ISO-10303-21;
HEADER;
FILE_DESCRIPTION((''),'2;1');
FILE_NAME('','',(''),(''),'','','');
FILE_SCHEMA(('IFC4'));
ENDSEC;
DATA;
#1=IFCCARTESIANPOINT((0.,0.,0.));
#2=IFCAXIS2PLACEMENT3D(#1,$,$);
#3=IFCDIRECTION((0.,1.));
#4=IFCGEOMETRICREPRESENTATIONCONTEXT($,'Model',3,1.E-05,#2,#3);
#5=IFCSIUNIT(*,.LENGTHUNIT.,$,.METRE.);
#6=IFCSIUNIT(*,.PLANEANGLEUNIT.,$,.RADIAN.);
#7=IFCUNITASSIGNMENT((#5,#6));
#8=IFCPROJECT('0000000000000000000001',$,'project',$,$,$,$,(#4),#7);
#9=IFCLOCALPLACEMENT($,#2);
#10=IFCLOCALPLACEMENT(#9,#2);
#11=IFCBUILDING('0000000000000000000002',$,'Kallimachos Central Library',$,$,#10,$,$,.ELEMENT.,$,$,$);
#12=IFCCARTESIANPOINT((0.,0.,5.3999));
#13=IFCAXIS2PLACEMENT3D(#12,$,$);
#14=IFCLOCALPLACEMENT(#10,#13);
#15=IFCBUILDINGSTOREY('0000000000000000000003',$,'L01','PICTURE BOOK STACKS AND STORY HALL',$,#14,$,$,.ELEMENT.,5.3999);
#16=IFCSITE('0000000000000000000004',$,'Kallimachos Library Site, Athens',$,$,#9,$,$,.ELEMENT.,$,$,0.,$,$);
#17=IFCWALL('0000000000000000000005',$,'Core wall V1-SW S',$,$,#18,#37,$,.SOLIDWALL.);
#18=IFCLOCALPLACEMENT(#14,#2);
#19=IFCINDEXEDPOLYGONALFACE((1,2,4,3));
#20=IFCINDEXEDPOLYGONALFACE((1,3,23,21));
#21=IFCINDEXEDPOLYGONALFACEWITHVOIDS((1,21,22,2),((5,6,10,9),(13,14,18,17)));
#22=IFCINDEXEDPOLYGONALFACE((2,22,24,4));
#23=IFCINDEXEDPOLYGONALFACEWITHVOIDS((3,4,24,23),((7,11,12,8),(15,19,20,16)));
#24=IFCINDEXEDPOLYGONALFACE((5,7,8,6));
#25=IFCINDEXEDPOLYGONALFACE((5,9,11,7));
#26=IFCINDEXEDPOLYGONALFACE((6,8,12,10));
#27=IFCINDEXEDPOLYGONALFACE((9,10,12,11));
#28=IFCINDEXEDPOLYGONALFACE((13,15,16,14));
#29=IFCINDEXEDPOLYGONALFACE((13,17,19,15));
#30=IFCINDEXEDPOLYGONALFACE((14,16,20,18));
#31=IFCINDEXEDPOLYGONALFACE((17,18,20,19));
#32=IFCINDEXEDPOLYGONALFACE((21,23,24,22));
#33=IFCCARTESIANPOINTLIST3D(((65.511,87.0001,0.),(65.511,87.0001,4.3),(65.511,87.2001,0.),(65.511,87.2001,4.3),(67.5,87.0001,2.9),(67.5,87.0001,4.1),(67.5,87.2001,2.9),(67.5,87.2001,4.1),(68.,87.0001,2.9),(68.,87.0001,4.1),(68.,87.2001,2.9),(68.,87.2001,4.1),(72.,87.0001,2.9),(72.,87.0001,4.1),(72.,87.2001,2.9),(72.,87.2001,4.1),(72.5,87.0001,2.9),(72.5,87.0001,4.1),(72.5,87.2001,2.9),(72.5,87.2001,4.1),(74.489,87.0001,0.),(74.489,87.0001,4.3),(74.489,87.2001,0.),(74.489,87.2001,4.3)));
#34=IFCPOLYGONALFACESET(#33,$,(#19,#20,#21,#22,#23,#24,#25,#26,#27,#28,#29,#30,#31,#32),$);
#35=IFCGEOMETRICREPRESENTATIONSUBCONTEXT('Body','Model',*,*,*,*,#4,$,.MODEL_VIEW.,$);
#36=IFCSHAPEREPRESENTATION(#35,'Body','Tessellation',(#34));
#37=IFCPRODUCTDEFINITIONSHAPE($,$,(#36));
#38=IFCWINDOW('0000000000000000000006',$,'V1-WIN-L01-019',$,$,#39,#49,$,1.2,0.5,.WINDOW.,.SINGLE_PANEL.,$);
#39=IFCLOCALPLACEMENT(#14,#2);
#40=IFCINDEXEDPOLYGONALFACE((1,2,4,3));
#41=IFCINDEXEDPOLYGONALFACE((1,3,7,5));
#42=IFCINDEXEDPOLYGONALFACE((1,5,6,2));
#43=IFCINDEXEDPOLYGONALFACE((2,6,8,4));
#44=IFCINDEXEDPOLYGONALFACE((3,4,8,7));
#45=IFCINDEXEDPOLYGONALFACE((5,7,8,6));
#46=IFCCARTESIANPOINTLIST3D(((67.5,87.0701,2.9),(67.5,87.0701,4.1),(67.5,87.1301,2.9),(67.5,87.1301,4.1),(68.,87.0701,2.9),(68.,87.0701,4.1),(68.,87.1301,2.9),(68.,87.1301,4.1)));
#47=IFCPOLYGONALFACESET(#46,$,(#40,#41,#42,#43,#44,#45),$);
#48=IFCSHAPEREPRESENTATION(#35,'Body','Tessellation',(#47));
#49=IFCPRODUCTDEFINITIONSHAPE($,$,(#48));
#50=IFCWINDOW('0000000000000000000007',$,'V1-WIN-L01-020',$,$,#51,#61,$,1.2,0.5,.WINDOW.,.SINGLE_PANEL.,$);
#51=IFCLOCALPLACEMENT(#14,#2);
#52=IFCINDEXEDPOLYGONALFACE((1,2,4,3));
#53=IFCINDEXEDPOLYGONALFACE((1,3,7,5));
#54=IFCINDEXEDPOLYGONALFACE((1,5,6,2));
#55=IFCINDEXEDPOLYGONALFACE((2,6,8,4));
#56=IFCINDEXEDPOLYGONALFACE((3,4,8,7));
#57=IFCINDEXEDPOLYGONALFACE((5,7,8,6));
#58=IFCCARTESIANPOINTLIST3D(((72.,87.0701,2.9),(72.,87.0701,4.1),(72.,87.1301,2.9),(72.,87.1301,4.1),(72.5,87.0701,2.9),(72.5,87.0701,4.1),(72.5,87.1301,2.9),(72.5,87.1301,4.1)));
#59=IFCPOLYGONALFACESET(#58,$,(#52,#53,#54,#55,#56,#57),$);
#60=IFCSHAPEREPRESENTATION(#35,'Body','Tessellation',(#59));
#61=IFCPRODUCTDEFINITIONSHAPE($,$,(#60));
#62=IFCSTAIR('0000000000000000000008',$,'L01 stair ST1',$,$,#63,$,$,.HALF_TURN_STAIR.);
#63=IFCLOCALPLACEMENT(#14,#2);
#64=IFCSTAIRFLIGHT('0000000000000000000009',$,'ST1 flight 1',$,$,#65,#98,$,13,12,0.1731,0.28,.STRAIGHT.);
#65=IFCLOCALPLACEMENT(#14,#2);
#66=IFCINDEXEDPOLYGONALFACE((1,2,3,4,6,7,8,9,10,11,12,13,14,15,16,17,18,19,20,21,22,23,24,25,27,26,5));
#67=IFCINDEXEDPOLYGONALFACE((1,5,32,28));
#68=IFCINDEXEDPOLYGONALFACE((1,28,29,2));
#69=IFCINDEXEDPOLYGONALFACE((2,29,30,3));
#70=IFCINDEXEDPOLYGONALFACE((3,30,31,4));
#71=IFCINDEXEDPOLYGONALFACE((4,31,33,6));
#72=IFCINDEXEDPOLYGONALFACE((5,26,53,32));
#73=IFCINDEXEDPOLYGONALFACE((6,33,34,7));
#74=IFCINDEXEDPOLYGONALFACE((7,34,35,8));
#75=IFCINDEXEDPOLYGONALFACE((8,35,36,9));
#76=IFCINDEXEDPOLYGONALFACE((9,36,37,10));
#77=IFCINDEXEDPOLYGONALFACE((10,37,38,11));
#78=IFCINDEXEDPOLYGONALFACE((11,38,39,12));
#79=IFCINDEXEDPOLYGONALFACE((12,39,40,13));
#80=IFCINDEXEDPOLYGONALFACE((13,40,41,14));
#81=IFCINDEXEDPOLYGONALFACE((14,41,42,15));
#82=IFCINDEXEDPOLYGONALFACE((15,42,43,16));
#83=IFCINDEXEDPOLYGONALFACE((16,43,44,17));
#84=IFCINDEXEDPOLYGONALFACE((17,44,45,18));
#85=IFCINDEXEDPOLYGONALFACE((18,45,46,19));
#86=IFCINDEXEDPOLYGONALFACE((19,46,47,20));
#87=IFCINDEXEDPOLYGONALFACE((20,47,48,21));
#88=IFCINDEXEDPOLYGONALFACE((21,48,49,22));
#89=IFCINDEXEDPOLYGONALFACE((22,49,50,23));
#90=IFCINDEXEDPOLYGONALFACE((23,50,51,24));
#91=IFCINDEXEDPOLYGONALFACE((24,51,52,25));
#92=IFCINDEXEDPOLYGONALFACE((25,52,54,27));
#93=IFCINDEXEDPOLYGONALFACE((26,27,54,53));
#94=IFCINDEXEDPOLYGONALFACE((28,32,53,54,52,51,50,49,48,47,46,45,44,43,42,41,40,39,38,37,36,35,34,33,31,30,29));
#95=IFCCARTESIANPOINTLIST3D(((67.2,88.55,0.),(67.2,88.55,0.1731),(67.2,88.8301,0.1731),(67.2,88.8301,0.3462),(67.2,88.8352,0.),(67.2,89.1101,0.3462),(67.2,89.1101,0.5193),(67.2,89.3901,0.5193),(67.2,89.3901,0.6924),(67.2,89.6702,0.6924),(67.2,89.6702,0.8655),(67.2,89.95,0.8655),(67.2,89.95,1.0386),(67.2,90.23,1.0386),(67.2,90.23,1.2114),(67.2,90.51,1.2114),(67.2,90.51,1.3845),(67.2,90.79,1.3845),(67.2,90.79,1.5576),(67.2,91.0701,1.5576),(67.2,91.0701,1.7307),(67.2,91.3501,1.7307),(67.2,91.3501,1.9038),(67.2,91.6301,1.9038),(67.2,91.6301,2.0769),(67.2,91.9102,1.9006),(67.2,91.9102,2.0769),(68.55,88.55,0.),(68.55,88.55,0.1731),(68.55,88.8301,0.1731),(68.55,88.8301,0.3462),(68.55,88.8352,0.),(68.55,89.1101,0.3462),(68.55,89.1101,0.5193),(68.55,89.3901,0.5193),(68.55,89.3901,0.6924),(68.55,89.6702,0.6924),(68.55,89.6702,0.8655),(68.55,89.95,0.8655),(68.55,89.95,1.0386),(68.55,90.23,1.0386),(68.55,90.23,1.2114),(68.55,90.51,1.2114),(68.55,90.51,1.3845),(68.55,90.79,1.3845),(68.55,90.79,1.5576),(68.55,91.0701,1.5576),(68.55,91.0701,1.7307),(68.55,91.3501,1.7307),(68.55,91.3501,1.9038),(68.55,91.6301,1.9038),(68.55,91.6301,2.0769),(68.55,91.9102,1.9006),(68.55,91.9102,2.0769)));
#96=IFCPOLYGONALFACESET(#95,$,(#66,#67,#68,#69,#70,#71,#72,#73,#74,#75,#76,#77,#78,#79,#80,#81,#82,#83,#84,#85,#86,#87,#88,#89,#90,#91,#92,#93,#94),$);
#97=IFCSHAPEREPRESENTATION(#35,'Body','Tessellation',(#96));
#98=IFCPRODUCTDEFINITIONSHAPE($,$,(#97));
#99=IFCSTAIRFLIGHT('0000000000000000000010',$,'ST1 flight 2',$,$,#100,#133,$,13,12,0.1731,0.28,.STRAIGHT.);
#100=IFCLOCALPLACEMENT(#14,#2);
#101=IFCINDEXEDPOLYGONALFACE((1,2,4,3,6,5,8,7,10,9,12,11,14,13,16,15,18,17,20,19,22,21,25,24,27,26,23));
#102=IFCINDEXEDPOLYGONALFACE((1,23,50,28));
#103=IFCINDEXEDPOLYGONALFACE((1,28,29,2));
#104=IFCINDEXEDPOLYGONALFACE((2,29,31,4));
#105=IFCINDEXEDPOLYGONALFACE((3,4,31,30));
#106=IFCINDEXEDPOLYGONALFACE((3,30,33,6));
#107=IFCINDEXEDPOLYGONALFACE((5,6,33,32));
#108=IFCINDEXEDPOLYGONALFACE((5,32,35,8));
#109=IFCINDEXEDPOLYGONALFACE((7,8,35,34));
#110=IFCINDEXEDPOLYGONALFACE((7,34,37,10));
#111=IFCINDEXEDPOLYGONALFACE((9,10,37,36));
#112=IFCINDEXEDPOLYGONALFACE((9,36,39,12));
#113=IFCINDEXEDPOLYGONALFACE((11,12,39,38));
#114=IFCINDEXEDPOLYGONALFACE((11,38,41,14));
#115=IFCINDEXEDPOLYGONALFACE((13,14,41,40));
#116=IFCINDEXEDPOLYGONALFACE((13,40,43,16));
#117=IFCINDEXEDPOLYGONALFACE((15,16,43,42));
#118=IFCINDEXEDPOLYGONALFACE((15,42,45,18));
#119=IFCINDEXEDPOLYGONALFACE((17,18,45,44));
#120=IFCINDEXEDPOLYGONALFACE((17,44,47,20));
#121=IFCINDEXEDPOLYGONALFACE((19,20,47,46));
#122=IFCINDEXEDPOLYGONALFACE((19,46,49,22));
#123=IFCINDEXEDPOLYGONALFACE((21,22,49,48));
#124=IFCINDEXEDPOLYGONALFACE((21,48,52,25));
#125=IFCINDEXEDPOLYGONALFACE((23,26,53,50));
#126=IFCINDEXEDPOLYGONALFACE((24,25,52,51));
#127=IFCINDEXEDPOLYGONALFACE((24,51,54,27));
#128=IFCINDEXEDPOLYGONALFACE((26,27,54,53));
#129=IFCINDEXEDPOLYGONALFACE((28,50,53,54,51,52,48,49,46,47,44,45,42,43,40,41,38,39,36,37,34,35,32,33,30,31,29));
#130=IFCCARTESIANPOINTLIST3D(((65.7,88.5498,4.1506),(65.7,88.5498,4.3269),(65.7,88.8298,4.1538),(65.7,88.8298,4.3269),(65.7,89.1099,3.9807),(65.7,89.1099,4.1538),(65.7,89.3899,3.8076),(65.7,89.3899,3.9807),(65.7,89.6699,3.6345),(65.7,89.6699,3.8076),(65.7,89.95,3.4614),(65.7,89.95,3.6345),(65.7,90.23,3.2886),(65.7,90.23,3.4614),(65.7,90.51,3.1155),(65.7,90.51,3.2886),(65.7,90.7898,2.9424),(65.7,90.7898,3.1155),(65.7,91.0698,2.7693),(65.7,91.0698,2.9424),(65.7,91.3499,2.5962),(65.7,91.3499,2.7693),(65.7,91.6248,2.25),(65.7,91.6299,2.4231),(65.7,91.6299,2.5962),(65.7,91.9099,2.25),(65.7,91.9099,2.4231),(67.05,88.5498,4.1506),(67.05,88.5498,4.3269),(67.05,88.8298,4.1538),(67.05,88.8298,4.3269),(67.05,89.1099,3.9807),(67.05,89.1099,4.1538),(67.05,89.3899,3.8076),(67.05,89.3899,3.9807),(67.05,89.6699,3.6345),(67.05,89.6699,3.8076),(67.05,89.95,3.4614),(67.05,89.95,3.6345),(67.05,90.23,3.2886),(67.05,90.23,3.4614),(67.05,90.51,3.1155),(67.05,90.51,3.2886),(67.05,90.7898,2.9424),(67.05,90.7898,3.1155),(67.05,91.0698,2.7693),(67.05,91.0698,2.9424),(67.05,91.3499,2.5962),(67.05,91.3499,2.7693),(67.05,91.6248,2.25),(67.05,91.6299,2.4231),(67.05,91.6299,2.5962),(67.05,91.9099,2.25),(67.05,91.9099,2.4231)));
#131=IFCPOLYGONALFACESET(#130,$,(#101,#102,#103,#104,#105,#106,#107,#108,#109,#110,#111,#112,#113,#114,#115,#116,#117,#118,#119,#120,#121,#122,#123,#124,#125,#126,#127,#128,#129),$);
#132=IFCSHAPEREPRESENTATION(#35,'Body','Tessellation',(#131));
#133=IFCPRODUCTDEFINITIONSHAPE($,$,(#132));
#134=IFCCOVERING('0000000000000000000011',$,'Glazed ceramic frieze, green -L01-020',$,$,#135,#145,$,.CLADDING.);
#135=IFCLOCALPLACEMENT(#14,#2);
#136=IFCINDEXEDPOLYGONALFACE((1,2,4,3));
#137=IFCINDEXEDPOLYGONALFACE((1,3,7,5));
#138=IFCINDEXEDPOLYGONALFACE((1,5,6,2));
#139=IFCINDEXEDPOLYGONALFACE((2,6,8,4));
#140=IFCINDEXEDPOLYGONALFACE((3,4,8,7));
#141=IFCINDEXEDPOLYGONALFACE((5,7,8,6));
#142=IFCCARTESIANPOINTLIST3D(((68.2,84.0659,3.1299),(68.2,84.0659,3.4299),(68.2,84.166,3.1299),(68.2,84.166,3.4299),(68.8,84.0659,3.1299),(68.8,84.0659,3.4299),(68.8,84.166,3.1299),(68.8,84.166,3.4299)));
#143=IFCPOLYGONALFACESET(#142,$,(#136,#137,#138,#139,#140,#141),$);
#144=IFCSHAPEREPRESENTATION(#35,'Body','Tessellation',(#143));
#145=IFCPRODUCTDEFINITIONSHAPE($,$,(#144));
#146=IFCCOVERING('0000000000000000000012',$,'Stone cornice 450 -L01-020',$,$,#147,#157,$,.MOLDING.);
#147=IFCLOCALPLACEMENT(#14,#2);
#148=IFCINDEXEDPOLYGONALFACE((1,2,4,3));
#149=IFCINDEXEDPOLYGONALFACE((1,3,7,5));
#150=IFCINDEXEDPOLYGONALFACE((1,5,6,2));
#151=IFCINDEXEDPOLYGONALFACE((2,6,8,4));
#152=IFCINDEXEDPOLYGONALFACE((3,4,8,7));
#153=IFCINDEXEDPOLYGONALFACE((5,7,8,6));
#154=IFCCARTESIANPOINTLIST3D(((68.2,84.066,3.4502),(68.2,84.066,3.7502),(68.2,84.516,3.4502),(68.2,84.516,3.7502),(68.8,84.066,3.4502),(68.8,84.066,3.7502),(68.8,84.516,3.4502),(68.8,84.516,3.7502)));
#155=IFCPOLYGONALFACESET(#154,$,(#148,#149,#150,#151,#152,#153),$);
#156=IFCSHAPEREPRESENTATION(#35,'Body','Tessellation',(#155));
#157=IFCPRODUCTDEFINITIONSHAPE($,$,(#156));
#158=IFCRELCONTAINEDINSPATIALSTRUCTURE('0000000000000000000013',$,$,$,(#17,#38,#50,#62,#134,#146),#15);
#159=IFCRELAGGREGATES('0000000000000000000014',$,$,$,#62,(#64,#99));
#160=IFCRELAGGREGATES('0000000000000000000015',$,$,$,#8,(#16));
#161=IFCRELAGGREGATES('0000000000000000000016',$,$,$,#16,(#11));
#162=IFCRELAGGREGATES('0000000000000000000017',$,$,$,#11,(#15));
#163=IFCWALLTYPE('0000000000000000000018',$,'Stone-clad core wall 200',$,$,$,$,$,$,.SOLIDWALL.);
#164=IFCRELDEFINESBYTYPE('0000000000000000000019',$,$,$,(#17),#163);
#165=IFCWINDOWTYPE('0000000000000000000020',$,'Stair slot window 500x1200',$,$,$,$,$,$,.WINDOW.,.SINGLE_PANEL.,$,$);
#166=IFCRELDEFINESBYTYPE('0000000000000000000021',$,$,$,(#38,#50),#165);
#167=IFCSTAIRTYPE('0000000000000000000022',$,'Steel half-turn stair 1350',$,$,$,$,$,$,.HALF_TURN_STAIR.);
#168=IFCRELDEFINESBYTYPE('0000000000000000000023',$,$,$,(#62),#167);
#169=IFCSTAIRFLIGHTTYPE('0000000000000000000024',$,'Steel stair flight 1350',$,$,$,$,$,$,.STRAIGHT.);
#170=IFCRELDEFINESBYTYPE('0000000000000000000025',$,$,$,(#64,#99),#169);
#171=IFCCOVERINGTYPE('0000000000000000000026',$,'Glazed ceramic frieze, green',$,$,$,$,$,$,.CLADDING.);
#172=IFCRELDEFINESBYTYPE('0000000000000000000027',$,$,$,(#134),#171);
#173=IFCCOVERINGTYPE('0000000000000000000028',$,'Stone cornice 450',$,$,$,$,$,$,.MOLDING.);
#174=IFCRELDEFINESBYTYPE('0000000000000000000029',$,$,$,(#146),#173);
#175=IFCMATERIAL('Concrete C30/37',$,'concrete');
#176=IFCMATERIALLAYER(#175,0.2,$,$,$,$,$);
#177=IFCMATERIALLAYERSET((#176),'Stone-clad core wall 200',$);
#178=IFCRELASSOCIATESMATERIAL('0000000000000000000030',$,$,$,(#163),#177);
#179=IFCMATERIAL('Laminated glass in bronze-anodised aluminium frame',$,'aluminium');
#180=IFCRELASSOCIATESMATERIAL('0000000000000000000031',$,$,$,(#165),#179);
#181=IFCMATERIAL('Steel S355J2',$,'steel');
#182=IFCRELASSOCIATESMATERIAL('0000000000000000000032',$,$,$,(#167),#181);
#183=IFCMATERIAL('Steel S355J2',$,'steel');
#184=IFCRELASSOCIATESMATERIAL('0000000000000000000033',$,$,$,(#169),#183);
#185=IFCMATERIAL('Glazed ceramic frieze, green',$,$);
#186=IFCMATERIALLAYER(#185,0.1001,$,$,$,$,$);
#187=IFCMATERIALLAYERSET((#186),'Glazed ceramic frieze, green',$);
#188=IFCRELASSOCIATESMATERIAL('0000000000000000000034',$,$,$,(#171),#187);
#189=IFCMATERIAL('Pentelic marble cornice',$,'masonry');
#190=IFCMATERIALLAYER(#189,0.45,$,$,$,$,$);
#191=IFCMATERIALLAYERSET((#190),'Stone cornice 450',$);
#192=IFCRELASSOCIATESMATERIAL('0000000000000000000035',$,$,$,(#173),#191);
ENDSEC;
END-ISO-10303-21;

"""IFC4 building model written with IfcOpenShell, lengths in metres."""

from ifc_helpers import new_model, si_unit, direction, frame, frame_2d, origin, origin_2d, place, context, subcontext, project, spatial, polyline, rectangle, outline, extrude, material, layer, layer_set, type_object, element, fill, aggregate, save


model = new_model("IFC4")

# Units and contexts
model_context = context("Model", 3, precision=1e-05, world=origin(), true_north=direction((0.0, 1.0)))
body_context = subcontext(model_context, "Body", "Model", "MODEL_VIEW")
ifc_project = project(units=[si_unit("LENGTHUNIT", "METRE"), si_unit("PLANEANGLEUNIT", "RADIAN")], contexts=[model_context])

# Site, building, storey
site_placement = place(None, origin())
site = spatial("IfcSite", under=ifc_project, at=site_placement, Name="Kallimachos Library Site, Athens", CompositionType="ELEMENT", RefElevation=0.0)
building_placement = place(site_placement, origin())
building = spatial("IfcBuilding", under=site, at=building_placement, Name="Kallimachos Central Library", CompositionType="ELEMENT")
storey_placement = place(building_placement, frame((0.0, 0.0, 5.3999)))
storey = spatial("IfcBuildingStorey", under=building, at=storey_placement, Name="L01", Description="PICTURE BOOK STACKS AND STORY HALL", CompositionType="ELEMENT", Elevation=5.3999)

# Wall, openings, windows
ifc_material_1 = material(Name="Concrete C30/37", Category="concrete")
ifc_layer_1 = layer(ifc_material_1, 0.2)
ifc_layer_set_1 = layer_set([ifc_layer_1], Name="Stone-clad core wall 200")
wall_type_1 = type_object("IfcWallType", Name="Stone-clad core wall 200", PredefinedType="SOLIDWALL", material=ifc_layer_set_1)
ifc_material_2 = material(Name="Laminated glass in bronze-anodised aluminium frame", Category="aluminium")
window_type = type_object("IfcWindowType", Name="Stair slot window 500x1200", PartitioningType="SINGLE_PANEL", PredefinedType="WINDOW", material=ifc_material_2)
wall_1_placement = place(storey_placement, frame((65.511, 87.1001, 0.0), z_axis=(0.0, 0.0, 1.0), x_axis=(1.0, 0.0, 0.0)))
wall_1 = element("IfcWall", 1, at=wall_1_placement, inside=storey, type_object=wall_type_1, Name="Core wall V1-SW S", PredefinedType="SOLIDWALL", context=body_context, shape_type="SweptSolid", body=[
    extrude(rectangle(XDim=8.978, YDim=0.2, at=frame_2d((4.489, 0.0))), origin(), (0.0, 0.0, 1.0), 4.3),
])
opening_1_placement = place(wall_1_placement, frame((1.989, 0.0, 2.8999)))
opening_1 = element("IfcOpeningElement", 2, at=opening_1_placement, cuts=wall_1, PredefinedType="OPENING", context=body_context, shape_type="SweptSolid", body=[
    extrude(rectangle(XDim=0.5, YDim=1.2, at=frame_2d((0.25, 0.6001))), frame((0.0, 0.1099, 0.0), z_axis=(0.0, -1.0, 0.0), x_axis=(1.0, 0.0, 0.0)), (0.0, 0.0, 1.0), 0.22),
])
opening_2_placement = place(wall_1_placement, frame((6.489, 0.0, 2.8999)))
opening_2 = element("IfcOpeningElement", 3, at=opening_2_placement, cuts=wall_1, PredefinedType="OPENING", context=body_context, shape_type="SweptSolid", body=[
    extrude(rectangle(XDim=0.5, YDim=1.2, at=frame_2d((0.25, 0.6001))), frame((0.0, 0.1099, 0.0), z_axis=(0.0, -1.0, 0.0), x_axis=(1.0, 0.0, 0.0)), (0.0, 0.0, 1.0), 0.22),
])
window_1_placement = place(opening_1_placement, origin())
window_1 = element("IfcWindow", 4, at=window_1_placement, inside=storey, type_object=window_type, Name="V1-WIN-L01-019", OverallHeight=1.2, OverallWidth=0.5, PartitioningType="SINGLE_PANEL", PredefinedType="WINDOW", context=body_context, shape_type="SweptSolid", body=[
    extrude(rectangle(XDim=0.5, YDim=1.2, at=frame_2d((0.25, 0.6001))), frame((0.0, 0.03, 0.0), z_axis=(0.0, -1.0, 0.0), x_axis=(1.0, 0.0, 0.0)), (0.0, 0.0, 1.0), 0.0601),
])
fill(opening_1, window_1)
window_2_placement = place(opening_2_placement, origin())
window_2 = element("IfcWindow", 5, at=window_2_placement, inside=storey, type_object=window_type, Name="V1-WIN-L01-020", OverallHeight=1.2, OverallWidth=0.5, PartitioningType="SINGLE_PANEL", PredefinedType="WINDOW", context=body_context, shape_type="SweptSolid", body=[
    extrude(rectangle(XDim=0.5, YDim=1.2, at=frame_2d((0.25, 0.6001))), frame((0.0, 0.03, 0.0), z_axis=(0.0, -1.0, 0.0), x_axis=(1.0, 0.0, 0.0)), (0.0, 0.0, 1.0), 0.0601),
])
fill(opening_2, window_2)

# Stair, stair flights
ifc_material_3 = material(Name="Steel S355J2", Category="steel")
stair_type = type_object("IfcStairType", Name="Steel half-turn stair 1350", PredefinedType="HALF_TURN_STAIR", material=ifc_material_3)
stair_placement = place(storey_placement, origin())
stair = element("IfcStair", 6, at=stair_placement, inside=storey, type_object=stair_type, Name="L01 stair ST1", PredefinedType="HALF_TURN_STAIR")
ifc_material_4 = material(Name="Steel S355J2", Category="steel")
stair_flight_type = type_object("IfcStairFlightType", Name="Steel stair flight 1350", PredefinedType="STRAIGHT", material=ifc_material_4)
stair_flight_1_placement = place(storey_placement, frame((67.875, 88.55, 0.0), z_axis=(0.0, 0.0, 1.0), x_axis=(0.0, 1.0, 0.0)))
stair_flight_1 = element("IfcStairFlight", 7, at=stair_flight_1_placement, type_object=stair_flight_type, Name="ST1 flight 1", NumberOfRisers=13, NumberOfTreads=12, PredefinedType="STRAIGHT", RiserHeight=0.1731, TreadLength=0.28, context=body_context, shape_type="SweptSolid", body=[
    extrude(outline(polyline([(0.0, 0.0), (0.0, 0.1731), (0.28, 0.1731), (0.28, 0.3462), (0.5601, 0.3462), (0.5601, 0.5193), (0.8401, 0.5193), (0.8401, 0.6924), (1.1201, 0.6924), (1.1201, 0.8655), (1.3999, 0.8655), (1.3999, 1.0386), (1.6799, 1.0386), (1.6799, 1.2114), (1.96, 1.2114), (1.96, 1.3845), (2.24, 1.3845), (2.24, 1.5576), (2.52, 1.5576), (2.52, 1.7307), (2.8, 1.7307), (2.8, 1.9038), (3.0801, 1.9038), (3.0801, 2.0769), (3.3601, 2.0769), (3.3601, 2.25), (3.3601, 1.9006), (0.2852, 0.0), (0.0, 0.0)])), frame((0.0, 0.675, 0.0), z_axis=(0.0, -1.0, 0.0), x_axis=(1.0, 0.0, 0.0)), (0.0, 0.0, 1.0), 1.3501),
])
stair_flight_2_placement = place(storey_placement, frame((66.375, 91.9099, 2.25), z_axis=(0.0, 0.0, 1.0), x_axis=(0.0, -1.0, 0.0)))
stair_flight_2 = element("IfcStairFlight", 8, at=stair_flight_2_placement, type_object=stair_flight_type, Name="ST1 flight 2", NumberOfRisers=13, NumberOfTreads=12, PredefinedType="STRAIGHT", RiserHeight=0.1731, TreadLength=0.28, context=body_context, shape_type="SweptSolid", body=[
    extrude(outline(polyline([(0.0, 0.0), (0.0, 0.1731), (0.28, 0.1731), (0.28, 0.3462), (0.5601, 0.3462), (0.5601, 0.5193), (0.8401, 0.5193), (0.8401, 0.6924), (1.1201, 0.6924), (1.1201, 0.8655), (1.3999, 0.8655), (1.3999, 1.0386), (1.6799, 1.0386), (1.6799, 1.2114), (1.96, 1.2114), (1.96, 1.3845), (2.24, 1.3845), (2.24, 1.5576), (2.52, 1.5576), (2.52, 1.7307), (2.8, 1.7307), (2.8, 1.9038), (3.0801, 1.9038), (3.0801, 2.0769), (3.3601, 2.0769), (3.3601, 2.25), (3.3601, 1.9006), (0.2852, 0.0), (0.0, 0.0)])), frame((0.0, 0.675, 0.0), z_axis=(0.0, -1.0, 0.0), x_axis=(1.0, 0.0, 0.0)), (0.0, 0.0, 1.0), 1.3501),
])
aggregate(stair, [stair_flight_1, stair_flight_2])

# Coverings
ifc_material_5 = material(Name="Glazed ceramic frieze, green")
ifc_layer_2 = layer(ifc_material_5, 0.1001)
ifc_layer_set_2 = layer_set([ifc_layer_2], Name="Glazed ceramic frieze, green")
covering_type_1 = type_object("IfcCoveringType", Name="Glazed ceramic frieze, green", PredefinedType="CLADDING", material=ifc_layer_set_2)
covering_1_placement = place(storey_placement, frame((68.5, 84.116, 3.1299), z_axis=(0.0, 0.0, 1.0), x_axis=(1.0, 0.0, 0.0)))
element("IfcCovering", 9, at=covering_1_placement, inside=storey, type_object=covering_type_1, Name="Glazed ceramic frieze, green -L01-020", PredefinedType="CLADDING", context=body_context, shape_type="SweptSolid", body=[
    extrude(rectangle(XDim=0.6001, YDim=0.1001, at=origin_2d()), origin(), (0.0, 0.0, 1.0), 0.3),
])
ifc_material_6 = material(Name="Pentelic marble cornice", Category="masonry")
ifc_layer_3 = layer(ifc_material_6, 0.45)
ifc_layer_set_3 = layer_set([ifc_layer_3], Name="Stone cornice 450")
covering_type_2 = type_object("IfcCoveringType", Name="Stone cornice 450", PredefinedType="MOLDING", material=ifc_layer_set_3)
covering_2_placement = place(storey_placement, frame((68.5, 84.291, 3.4502), z_axis=(0.0, 0.0, 1.0), x_axis=(1.0, 0.0, 0.0)))
element("IfcCovering", 10, at=covering_2_placement, inside=storey, type_object=covering_type_2, Name="Stone cornice 450 -L01-020", PredefinedType="MOLDING", context=body_context, shape_type="SweptSolid", body=[
    extrude(rectangle(XDim=0.6001, YDim=0.45, at=origin_2d()), origin(), (0.0, 0.0, 1.0), 0.3),
])

save(model, "model.ifc")
